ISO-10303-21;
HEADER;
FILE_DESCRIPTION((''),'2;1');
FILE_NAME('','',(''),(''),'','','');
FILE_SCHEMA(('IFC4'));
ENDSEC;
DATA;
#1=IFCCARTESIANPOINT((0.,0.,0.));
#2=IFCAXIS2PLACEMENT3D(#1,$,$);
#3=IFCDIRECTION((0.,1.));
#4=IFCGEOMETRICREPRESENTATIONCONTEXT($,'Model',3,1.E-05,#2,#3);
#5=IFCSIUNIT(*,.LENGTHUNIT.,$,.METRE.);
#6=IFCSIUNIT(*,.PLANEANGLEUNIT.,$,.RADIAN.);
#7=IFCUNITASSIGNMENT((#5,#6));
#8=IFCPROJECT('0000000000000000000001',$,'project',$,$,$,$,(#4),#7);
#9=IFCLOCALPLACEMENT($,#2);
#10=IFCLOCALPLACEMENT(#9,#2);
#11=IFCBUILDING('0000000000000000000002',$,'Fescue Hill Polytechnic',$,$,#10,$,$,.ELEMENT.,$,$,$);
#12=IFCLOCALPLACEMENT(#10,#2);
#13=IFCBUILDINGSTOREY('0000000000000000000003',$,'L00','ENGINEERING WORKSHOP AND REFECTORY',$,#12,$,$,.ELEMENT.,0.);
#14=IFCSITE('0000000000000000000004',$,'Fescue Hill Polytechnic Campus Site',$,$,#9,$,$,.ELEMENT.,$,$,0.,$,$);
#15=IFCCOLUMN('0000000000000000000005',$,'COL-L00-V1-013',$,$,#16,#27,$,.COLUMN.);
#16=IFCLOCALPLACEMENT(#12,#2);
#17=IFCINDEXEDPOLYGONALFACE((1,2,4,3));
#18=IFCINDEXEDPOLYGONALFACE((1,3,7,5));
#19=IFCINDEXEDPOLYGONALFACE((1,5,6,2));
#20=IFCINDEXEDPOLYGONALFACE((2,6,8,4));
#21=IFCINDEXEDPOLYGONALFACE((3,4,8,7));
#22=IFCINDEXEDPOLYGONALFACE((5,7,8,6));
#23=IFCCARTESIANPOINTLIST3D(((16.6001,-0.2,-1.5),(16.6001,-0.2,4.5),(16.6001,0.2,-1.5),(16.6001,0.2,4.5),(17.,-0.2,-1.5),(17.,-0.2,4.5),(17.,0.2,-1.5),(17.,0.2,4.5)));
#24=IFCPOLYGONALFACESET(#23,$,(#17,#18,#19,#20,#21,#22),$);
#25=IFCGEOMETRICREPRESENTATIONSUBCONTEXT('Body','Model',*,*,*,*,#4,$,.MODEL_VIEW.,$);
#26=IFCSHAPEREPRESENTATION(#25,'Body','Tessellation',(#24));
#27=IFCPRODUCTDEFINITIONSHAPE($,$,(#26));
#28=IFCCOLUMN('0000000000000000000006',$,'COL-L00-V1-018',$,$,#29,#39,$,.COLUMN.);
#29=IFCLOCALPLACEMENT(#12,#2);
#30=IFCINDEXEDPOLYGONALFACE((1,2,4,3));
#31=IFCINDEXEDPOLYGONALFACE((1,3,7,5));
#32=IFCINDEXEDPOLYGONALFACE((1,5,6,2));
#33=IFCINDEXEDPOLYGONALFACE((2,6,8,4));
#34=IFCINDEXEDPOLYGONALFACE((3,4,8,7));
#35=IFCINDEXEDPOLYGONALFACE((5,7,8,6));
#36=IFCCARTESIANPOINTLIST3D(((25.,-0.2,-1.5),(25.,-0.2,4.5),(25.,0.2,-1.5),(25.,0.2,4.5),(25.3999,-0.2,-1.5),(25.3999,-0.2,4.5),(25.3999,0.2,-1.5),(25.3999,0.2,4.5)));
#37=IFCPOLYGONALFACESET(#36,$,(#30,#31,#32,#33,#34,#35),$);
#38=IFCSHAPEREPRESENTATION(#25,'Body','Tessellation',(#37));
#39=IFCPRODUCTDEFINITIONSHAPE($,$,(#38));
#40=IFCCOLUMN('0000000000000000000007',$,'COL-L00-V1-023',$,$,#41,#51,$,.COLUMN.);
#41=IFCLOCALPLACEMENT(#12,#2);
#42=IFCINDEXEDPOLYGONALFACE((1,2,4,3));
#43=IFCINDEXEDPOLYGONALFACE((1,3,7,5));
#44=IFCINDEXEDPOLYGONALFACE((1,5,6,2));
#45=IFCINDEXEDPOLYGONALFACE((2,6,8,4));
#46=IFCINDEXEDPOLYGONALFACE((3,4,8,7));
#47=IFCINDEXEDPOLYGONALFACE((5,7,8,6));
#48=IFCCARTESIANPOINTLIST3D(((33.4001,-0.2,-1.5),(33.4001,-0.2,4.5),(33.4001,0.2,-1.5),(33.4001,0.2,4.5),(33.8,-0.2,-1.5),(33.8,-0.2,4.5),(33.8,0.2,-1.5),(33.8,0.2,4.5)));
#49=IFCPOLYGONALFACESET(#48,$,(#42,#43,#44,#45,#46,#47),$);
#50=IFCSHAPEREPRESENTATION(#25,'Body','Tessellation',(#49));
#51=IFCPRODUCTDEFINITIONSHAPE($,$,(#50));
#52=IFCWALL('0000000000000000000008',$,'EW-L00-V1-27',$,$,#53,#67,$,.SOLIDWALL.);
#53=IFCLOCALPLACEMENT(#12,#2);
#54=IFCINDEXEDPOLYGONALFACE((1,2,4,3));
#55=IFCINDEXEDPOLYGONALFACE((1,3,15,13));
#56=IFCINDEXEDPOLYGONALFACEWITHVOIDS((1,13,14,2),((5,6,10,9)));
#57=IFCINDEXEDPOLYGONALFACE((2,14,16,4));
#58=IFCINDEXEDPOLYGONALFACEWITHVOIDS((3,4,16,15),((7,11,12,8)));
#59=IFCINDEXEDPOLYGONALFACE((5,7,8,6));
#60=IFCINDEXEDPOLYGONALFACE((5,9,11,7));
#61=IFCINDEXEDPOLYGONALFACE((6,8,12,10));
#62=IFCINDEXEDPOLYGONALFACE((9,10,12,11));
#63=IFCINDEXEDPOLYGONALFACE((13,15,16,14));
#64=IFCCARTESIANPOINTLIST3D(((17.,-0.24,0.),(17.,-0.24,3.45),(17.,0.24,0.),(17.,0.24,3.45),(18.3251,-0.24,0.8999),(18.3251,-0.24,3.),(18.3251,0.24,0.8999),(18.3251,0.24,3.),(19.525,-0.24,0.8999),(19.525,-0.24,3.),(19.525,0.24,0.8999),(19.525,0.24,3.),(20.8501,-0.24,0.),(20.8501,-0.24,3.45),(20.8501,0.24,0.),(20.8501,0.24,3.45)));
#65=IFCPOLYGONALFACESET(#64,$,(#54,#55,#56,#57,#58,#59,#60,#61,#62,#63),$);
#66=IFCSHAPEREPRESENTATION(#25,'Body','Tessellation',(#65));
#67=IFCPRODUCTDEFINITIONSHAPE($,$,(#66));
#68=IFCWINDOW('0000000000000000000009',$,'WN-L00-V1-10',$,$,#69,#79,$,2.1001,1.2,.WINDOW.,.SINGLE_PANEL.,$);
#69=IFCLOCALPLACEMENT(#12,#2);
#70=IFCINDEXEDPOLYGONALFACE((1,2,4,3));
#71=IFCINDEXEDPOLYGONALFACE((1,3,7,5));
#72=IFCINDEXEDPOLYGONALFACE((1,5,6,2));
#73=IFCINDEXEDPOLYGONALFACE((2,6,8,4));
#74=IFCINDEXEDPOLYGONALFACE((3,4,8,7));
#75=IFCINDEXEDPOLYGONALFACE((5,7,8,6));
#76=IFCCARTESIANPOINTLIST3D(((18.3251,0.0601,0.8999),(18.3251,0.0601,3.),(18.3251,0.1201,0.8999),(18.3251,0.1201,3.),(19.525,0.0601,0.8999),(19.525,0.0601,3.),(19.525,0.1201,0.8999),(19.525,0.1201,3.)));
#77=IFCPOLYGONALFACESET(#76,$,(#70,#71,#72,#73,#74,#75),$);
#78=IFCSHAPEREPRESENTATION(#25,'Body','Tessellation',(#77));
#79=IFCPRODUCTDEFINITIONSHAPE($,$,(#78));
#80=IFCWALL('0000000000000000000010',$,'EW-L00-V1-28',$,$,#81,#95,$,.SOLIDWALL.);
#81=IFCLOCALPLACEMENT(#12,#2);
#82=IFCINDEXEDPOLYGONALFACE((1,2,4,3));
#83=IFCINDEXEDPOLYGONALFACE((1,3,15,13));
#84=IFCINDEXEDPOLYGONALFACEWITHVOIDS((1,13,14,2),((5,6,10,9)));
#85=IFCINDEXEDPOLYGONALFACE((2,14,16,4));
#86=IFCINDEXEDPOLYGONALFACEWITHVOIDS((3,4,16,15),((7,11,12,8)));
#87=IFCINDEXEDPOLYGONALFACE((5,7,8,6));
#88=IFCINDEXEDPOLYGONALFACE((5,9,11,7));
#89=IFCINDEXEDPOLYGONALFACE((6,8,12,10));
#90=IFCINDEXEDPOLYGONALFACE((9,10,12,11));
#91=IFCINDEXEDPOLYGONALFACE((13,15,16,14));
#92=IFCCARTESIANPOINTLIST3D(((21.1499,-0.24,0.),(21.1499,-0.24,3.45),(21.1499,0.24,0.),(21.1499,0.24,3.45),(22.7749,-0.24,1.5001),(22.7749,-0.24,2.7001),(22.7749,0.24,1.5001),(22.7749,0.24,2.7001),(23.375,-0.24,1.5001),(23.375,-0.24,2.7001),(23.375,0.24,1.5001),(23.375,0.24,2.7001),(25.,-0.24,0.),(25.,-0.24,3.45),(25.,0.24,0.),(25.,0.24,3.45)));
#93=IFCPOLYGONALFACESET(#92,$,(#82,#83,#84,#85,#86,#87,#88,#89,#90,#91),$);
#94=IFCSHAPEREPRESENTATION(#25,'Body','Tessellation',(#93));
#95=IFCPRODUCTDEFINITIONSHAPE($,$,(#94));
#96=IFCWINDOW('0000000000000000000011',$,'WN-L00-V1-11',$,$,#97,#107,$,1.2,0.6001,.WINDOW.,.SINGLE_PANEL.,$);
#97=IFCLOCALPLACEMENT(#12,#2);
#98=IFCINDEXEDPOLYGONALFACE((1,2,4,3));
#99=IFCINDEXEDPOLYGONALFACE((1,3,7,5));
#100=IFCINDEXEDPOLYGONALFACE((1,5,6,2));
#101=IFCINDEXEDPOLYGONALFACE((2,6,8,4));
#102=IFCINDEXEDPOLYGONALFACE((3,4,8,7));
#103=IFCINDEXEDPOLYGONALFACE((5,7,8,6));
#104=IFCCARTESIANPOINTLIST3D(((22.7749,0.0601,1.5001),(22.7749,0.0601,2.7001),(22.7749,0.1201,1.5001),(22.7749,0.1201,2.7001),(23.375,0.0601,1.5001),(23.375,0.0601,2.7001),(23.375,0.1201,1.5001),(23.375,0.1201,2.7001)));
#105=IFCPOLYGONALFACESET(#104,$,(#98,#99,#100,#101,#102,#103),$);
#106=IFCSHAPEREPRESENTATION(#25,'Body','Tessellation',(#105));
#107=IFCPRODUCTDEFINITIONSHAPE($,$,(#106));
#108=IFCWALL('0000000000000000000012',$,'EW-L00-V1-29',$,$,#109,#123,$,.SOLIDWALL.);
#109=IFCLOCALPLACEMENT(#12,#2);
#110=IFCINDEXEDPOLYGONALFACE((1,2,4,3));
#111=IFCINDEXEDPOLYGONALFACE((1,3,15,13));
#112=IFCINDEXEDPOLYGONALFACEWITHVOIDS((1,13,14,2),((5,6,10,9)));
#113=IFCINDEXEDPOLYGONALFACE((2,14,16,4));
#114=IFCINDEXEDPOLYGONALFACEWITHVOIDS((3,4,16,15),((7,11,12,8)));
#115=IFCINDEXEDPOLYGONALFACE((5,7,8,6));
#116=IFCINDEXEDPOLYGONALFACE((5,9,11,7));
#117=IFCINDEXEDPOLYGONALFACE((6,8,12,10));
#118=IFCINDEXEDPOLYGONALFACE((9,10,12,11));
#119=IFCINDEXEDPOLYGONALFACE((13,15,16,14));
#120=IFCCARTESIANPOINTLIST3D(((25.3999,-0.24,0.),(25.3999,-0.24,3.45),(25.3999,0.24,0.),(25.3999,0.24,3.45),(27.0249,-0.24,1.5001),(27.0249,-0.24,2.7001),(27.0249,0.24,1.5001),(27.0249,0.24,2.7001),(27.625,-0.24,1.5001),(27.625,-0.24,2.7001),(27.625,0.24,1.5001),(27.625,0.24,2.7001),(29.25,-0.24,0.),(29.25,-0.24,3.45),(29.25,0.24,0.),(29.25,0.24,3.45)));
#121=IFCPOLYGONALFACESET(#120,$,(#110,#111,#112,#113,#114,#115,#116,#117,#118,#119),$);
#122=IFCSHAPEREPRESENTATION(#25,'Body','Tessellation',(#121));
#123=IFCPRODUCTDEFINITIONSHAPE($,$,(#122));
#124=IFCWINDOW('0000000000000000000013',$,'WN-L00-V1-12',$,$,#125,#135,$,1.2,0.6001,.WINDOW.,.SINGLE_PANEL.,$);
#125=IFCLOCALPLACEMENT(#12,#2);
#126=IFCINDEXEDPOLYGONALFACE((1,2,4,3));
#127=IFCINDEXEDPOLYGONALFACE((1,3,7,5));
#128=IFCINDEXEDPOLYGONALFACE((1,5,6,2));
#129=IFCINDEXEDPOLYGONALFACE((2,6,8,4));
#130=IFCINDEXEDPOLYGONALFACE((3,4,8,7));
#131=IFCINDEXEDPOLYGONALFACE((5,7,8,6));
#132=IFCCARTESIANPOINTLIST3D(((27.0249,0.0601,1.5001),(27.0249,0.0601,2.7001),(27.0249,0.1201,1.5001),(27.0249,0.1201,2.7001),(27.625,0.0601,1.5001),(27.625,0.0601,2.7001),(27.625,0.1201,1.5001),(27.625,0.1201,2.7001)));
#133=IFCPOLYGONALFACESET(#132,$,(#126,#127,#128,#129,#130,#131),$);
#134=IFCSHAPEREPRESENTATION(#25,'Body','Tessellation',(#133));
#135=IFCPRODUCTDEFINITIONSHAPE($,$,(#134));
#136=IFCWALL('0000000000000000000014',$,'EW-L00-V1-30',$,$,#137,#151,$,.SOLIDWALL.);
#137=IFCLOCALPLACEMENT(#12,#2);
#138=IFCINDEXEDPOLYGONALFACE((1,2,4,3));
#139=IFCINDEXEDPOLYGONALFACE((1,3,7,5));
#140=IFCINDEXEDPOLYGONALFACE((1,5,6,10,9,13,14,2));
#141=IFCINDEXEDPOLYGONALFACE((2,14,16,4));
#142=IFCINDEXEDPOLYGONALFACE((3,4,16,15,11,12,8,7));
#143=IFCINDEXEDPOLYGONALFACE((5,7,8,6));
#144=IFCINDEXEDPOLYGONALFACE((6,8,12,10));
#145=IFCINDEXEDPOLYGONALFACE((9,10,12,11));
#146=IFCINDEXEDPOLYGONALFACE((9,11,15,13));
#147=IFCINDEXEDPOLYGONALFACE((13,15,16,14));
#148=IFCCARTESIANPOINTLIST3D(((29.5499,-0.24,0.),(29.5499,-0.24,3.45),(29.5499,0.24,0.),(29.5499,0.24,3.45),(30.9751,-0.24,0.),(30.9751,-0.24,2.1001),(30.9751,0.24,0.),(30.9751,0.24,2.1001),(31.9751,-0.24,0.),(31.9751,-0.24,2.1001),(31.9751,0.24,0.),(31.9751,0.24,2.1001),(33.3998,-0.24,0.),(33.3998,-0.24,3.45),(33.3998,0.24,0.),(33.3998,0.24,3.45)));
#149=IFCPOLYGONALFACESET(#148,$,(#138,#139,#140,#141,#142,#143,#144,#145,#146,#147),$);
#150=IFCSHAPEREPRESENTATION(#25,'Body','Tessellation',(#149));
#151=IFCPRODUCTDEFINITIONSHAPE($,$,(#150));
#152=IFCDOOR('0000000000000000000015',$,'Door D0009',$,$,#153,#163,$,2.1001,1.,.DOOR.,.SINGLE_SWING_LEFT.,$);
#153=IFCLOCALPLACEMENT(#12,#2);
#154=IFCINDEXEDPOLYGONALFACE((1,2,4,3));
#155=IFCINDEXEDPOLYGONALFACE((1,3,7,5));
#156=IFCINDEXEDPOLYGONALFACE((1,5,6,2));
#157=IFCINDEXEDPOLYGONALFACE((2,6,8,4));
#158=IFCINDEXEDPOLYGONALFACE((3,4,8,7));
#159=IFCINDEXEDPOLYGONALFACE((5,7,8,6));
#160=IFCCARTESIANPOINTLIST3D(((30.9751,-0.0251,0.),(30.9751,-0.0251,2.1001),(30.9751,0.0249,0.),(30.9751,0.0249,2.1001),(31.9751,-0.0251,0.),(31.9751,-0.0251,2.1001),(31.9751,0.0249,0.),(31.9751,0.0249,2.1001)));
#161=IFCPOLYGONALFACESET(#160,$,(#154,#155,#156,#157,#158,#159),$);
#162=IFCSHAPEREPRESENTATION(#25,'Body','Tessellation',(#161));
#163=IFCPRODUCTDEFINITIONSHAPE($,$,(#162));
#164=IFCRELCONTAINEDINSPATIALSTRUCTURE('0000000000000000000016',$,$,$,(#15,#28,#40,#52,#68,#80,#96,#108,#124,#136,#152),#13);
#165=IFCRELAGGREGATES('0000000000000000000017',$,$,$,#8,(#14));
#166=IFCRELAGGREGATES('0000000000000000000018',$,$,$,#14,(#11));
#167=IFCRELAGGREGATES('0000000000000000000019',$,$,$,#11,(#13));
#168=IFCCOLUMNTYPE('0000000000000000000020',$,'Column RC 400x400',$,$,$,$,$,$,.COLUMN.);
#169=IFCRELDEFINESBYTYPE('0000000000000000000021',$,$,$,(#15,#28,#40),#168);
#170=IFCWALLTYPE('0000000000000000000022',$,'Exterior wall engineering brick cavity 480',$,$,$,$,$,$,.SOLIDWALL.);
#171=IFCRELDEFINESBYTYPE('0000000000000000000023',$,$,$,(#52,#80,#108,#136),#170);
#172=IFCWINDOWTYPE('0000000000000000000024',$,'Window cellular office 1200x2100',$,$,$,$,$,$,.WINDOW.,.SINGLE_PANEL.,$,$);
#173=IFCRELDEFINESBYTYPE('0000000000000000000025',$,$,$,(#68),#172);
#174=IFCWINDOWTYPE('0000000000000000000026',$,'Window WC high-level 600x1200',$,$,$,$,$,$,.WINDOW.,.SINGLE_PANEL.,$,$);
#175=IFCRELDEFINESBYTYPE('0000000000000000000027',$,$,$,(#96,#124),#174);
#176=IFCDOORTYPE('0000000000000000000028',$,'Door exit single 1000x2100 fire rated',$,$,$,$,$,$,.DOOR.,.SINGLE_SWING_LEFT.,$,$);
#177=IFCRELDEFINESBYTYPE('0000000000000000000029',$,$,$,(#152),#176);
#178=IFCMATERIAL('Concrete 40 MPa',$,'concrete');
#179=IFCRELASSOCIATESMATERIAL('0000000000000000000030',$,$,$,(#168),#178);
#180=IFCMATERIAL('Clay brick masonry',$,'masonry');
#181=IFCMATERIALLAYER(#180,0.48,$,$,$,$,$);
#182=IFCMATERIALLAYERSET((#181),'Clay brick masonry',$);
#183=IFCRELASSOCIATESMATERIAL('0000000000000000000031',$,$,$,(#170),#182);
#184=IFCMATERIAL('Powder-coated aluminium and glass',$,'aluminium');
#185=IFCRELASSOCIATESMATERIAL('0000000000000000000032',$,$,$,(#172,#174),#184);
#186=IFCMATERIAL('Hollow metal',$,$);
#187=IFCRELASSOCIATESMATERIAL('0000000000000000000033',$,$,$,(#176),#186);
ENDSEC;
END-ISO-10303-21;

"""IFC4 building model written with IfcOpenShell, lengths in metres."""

from ifc_helpers import new_model, si_unit, direction, frame, frame_2d, origin, origin_2d, place, context, subcontext, project, spatial, rectangle, extrude, material, layer, layer_set, material_profile, profile_set, type_object, element, fill, save


model = new_model("IFC4")

# Units and contexts
model_context = context("Model", 3, precision=1e-05, world=origin(), true_north=direction((0.0, 1.0)))
body_context = subcontext(model_context, "Body", "Model", "MODEL_VIEW")
ifc_project = project(units=[si_unit("LENGTHUNIT", "METRE"), si_unit("PLANEANGLEUNIT", "RADIAN")], contexts=[model_context])

# Site, building, storey
site_placement = place(None, origin())
site = spatial("IfcSite", under=ifc_project, at=site_placement, Name="Fescue Hill Polytechnic Campus Site", CompositionType="ELEMENT", RefElevation=0.0)
building_placement = place(site_placement, origin())
building = spatial("IfcBuilding", under=site, at=building_placement, Name="Fescue Hill Polytechnic", CompositionType="ELEMENT")
storey_placement = place(building_placement, origin())
storey = spatial("IfcBuildingStorey", under=building, at=storey_placement, Name="L00", Description="ENGINEERING WORKSHOP AND REFECTORY", CompositionType="ELEMENT", Elevation=0.0)

# Columns
ifc_material_1 = material(Name="Concrete 40 MPa", Category="concrete")
ifc_material_profile = material_profile(ifc_material_1, rectangle(XDim=0.3999, YDim=0.3999, at=origin_2d()), Name="RC 400x400")
ifc_profile_set = profile_set([ifc_material_profile], Name="Concrete 40 MPa")
column_type = type_object("IfcColumnType", Name="Column RC 400x400", PredefinedType="COLUMN", material=ifc_profile_set)
for number, where, z_axis, x_axis, name in (
    (1, (16.8, 0.0, -1.5), (0.0, 0.0, 1.0), (1.0, 0.0, 0.0), "COL-L00-V1-013"),
    (2, (25.2, 0.0, -1.5), (0.0, 0.0, 1.0), (1.0, 0.0, 0.0), "COL-L00-V1-018"),
    (3, (33.6001, 0.0, -1.5), (0.0, 0.0, 1.0), (1.0, 0.0, 0.0), "COL-L00-V1-023"),
):
    element("IfcColumn", number, at=place(storey_placement, frame(where, z_axis=z_axis, x_axis=x_axis)), inside=storey, type_object=column_type, Name=name, PredefinedType="COLUMN", context=body_context, shape_type="SweptSolid", body=[
        extrude(rectangle(XDim=0.3999, YDim=0.3999, at=origin_2d()), origin(), (0.0, 0.0, 1.0), 6.0),
    ])

# Walls, openings, windows
ifc_material_2 = material(Name="Clay brick masonry", Category="masonry")
ifc_layer_1 = layer(ifc_material_2, 0.48)
ifc_layer_set_1 = layer_set([ifc_layer_1], Name="Clay brick masonry")
wall_type_1 = type_object("IfcWallType", Name="Exterior wall engineering brick cavity 480", PredefinedType="SOLIDWALL", material=ifc_layer_set_1)
wall_1_placement = place(storey_placement, frame((17.0, 0.0, 0.0), z_axis=(0.0, 0.0, 1.0), x_axis=(1.0, 0.0, 0.0)))
wall_1 = element("IfcWall", 4, at=wall_1_placement, inside=storey, type_object=wall_type_1, Name="EW-L00-V1-27", PredefinedType="SOLIDWALL", context=body_context, shape_type="SweptSolid", body=[
    extrude(rectangle(XDim=3.8501, YDim=0.48, at=frame_2d((1.925, 0.0))), origin(), (0.0, 0.0, 1.0), 3.45),
])
opening_1_placement = place(wall_1_placement, frame((1.325, 0.0, 0.8999)))
opening_1 = element("IfcOpeningElement", 5, at=opening_1_placement, cuts=wall_1, PredefinedType="OPENING", context=body_context, shape_type="SweptSolid", body=[
    extrude(rectangle(XDim=1.2, YDim=2.1001, at=frame_2d((0.6001, 1.05))), frame((0.0, 0.25, 0.0), z_axis=(0.0, -1.0, 0.0), x_axis=(1.0, 0.0, 0.0)), (0.0, 0.0, 1.0), 0.5),
])
ifc_material_3 = material(Name="Powder-coated aluminium and glass", Category="aluminium")
window_type_1 = type_object("IfcWindowType", Name="Window cellular office 1200x2100", PartitioningType="SINGLE_PANEL", PredefinedType="WINDOW", material=ifc_material_3)
window_1_placement = place(opening_1_placement, origin())
window_1 = element("IfcWindow", 6, at=window_1_placement, inside=storey, type_object=window_type_1, Name="WN-L00-V1-10", OverallHeight=2.1001, OverallWidth=1.2, PartitioningType="SINGLE_PANEL", PredefinedType="WINDOW", context=body_context, shape_type="SweptSolid", body=[
    extrude(rectangle(XDim=1.2, YDim=2.1001, at=frame_2d((0.6001, 1.05))), frame((0.0, 0.1201, 0.0), z_axis=(0.0, -1.0, 0.0), x_axis=(1.0, 0.0, 0.0)), (0.0, 0.0, 1.0), 0.0601),
])
fill(opening_1, window_1)
wall_2_placement = place(storey_placement, frame((21.1499, 0.0, 0.0), z_axis=(0.0, 0.0, 1.0), x_axis=(1.0, 0.0, 0.0)))
wall_2 = element("IfcWall", 7, at=wall_2_placement, inside=storey, type_object=wall_type_1, Name="EW-L00-V1-28", PredefinedType="SOLIDWALL", context=body_context, shape_type="SweptSolid", body=[
    extrude(rectangle(XDim=3.8501, YDim=0.48, at=frame_2d((1.925, 0.0))), origin(), (0.0, 0.0, 1.0), 3.45),
])
opening_2_placement = place(wall_2_placement, frame((1.625, 0.0, 1.5)))
opening_2 = element("IfcOpeningElement", 8, at=opening_2_placement, cuts=wall_2, PredefinedType="OPENING", context=body_context, shape_type="SweptSolid", body=[
    extrude(rectangle(XDim=0.6001, YDim=1.2, at=frame_2d((0.3, 0.6001))), frame((0.0, 0.25, 0.0), z_axis=(0.0, -1.0, 0.0), x_axis=(1.0, 0.0, 0.0)), (0.0, 0.0, 1.0), 0.5),
])
window_type_2 = type_object("IfcWindowType", Name="Window WC high-level 600x1200", PartitioningType="SINGLE_PANEL", PredefinedType="WINDOW", material=ifc_material_3)
window_2_placement = place(opening_2_placement, origin())
window_2 = element("IfcWindow", 9, at=window_2_placement, inside=storey, type_object=window_type_2, Name="WN-L00-V1-11", OverallHeight=1.2, OverallWidth=0.6001, PartitioningType="SINGLE_PANEL", PredefinedType="WINDOW", context=body_context, shape_type="SweptSolid", body=[
    extrude(rectangle(XDim=0.6001, YDim=1.2, at=frame_2d((0.3, 0.6001))), frame((0.0, 0.1201, 0.0), z_axis=(0.0, -1.0, 0.0), x_axis=(1.0, 0.0, 0.0)), (0.0, 0.0, 1.0), 0.0601),
])
fill(opening_2, window_2)
wall_3_placement = place(storey_placement, frame((25.3999, 0.0, 0.0), z_axis=(0.0, 0.0, 1.0), x_axis=(1.0, 0.0, 0.0)))
wall_3 = element("IfcWall", 10, at=wall_3_placement, inside=storey, type_object=wall_type_1, Name="EW-L00-V1-29", PredefinedType="SOLIDWALL", context=body_context, shape_type="SweptSolid", body=[
    extrude(rectangle(XDim=3.8501, YDim=0.48, at=frame_2d((1.925, 0.0))), origin(), (0.0, 0.0, 1.0), 3.45),
])
opening_3_placement = place(wall_3_placement, frame((1.625, 0.0, 1.5)))
opening_3 = element("IfcOpeningElement", 11, at=opening_3_placement, cuts=wall_3, PredefinedType="OPENING", context=body_context, shape_type="SweptSolid", body=[
    extrude(rectangle(XDim=0.6001, YDim=1.2, at=frame_2d((0.3, 0.6001))), frame((0.0, 0.25, 0.0), z_axis=(0.0, -1.0, 0.0), x_axis=(1.0, 0.0, 0.0)), (0.0, 0.0, 1.0), 0.5),
])
window_3_placement = place(opening_3_placement, origin())
window_3 = element("IfcWindow", 12, at=window_3_placement, inside=storey, type_object=window_type_2, Name="WN-L00-V1-12", OverallHeight=1.2, OverallWidth=0.6001, PartitioningType="SINGLE_PANEL", PredefinedType="WINDOW", context=body_context, shape_type="SweptSolid", body=[
    extrude(rectangle(XDim=0.6001, YDim=1.2, at=frame_2d((0.3, 0.6001))), frame((0.0, 0.1201, 0.0), z_axis=(0.0, -1.0, 0.0), x_axis=(1.0, 0.0, 0.0)), (0.0, 0.0, 1.0), 0.0601),
])
fill(opening_3, window_3)

# Wall, opening, door
wall_4_placement = place(storey_placement, frame((29.55, 0.0, 0.0), z_axis=(0.0, 0.0, 1.0), x_axis=(1.0, 0.0, 0.0)))
wall_4 = element("IfcWall", 13, at=wall_4_placement, inside=storey, type_object=wall_type_1, Name="EW-L00-V1-30", PredefinedType="SOLIDWALL", context=body_context, shape_type="SweptSolid", body=[
    extrude(rectangle(XDim=3.8499, YDim=0.48, at=frame_2d((1.9248, 0.0))), origin(), (0.0, 0.0, 1.0), 3.45),
])
opening_4_placement = place(wall_4_placement, frame((1.425, 0.0, 0.0)))
opening_4 = element("IfcOpeningElement", 14, at=opening_4_placement, cuts=wall_4, PredefinedType="OPENING", context=body_context, shape_type="SweptSolid", body=[
    extrude(rectangle(XDim=1.0, YDim=2.1001, at=frame_2d((0.5, 1.05))), frame((0.0, 0.25, 0.0), z_axis=(0.0, -1.0, 0.0), x_axis=(1.0, 0.0, 0.0)), (0.0, 0.0, 1.0), 0.5),
])
ifc_material_4 = material(Name="Hollow metal")
door_type_1 = type_object("IfcDoorType", Name="Door exit single 1000x2100 fire rated", OperationType="SINGLE_SWING_LEFT", PredefinedType="DOOR", material=ifc_material_4)
door_1_placement = place(opening_4_placement, origin())
door_1 = element("IfcDoor", 15, at=door_1_placement, inside=storey, type_object=door_type_1, Name="Door D0009", OperationType="SINGLE_SWING_LEFT", OverallHeight=2.1001, OverallWidth=1.0, PredefinedType="DOOR", context=body_context, shape_type="SweptSolid", body=[
    extrude(rectangle(XDim=1.0, YDim=2.1001, at=frame_2d((0.5, 1.05))), frame((0.0, 0.0249, 0.0), z_axis=(0.0, -1.0, 0.0), x_axis=(1.0, 0.0, 0.0)), (0.0, 0.0, 1.0), 0.05),
])
fill(opening_4, door_1)

save(model, "model.ifc")
